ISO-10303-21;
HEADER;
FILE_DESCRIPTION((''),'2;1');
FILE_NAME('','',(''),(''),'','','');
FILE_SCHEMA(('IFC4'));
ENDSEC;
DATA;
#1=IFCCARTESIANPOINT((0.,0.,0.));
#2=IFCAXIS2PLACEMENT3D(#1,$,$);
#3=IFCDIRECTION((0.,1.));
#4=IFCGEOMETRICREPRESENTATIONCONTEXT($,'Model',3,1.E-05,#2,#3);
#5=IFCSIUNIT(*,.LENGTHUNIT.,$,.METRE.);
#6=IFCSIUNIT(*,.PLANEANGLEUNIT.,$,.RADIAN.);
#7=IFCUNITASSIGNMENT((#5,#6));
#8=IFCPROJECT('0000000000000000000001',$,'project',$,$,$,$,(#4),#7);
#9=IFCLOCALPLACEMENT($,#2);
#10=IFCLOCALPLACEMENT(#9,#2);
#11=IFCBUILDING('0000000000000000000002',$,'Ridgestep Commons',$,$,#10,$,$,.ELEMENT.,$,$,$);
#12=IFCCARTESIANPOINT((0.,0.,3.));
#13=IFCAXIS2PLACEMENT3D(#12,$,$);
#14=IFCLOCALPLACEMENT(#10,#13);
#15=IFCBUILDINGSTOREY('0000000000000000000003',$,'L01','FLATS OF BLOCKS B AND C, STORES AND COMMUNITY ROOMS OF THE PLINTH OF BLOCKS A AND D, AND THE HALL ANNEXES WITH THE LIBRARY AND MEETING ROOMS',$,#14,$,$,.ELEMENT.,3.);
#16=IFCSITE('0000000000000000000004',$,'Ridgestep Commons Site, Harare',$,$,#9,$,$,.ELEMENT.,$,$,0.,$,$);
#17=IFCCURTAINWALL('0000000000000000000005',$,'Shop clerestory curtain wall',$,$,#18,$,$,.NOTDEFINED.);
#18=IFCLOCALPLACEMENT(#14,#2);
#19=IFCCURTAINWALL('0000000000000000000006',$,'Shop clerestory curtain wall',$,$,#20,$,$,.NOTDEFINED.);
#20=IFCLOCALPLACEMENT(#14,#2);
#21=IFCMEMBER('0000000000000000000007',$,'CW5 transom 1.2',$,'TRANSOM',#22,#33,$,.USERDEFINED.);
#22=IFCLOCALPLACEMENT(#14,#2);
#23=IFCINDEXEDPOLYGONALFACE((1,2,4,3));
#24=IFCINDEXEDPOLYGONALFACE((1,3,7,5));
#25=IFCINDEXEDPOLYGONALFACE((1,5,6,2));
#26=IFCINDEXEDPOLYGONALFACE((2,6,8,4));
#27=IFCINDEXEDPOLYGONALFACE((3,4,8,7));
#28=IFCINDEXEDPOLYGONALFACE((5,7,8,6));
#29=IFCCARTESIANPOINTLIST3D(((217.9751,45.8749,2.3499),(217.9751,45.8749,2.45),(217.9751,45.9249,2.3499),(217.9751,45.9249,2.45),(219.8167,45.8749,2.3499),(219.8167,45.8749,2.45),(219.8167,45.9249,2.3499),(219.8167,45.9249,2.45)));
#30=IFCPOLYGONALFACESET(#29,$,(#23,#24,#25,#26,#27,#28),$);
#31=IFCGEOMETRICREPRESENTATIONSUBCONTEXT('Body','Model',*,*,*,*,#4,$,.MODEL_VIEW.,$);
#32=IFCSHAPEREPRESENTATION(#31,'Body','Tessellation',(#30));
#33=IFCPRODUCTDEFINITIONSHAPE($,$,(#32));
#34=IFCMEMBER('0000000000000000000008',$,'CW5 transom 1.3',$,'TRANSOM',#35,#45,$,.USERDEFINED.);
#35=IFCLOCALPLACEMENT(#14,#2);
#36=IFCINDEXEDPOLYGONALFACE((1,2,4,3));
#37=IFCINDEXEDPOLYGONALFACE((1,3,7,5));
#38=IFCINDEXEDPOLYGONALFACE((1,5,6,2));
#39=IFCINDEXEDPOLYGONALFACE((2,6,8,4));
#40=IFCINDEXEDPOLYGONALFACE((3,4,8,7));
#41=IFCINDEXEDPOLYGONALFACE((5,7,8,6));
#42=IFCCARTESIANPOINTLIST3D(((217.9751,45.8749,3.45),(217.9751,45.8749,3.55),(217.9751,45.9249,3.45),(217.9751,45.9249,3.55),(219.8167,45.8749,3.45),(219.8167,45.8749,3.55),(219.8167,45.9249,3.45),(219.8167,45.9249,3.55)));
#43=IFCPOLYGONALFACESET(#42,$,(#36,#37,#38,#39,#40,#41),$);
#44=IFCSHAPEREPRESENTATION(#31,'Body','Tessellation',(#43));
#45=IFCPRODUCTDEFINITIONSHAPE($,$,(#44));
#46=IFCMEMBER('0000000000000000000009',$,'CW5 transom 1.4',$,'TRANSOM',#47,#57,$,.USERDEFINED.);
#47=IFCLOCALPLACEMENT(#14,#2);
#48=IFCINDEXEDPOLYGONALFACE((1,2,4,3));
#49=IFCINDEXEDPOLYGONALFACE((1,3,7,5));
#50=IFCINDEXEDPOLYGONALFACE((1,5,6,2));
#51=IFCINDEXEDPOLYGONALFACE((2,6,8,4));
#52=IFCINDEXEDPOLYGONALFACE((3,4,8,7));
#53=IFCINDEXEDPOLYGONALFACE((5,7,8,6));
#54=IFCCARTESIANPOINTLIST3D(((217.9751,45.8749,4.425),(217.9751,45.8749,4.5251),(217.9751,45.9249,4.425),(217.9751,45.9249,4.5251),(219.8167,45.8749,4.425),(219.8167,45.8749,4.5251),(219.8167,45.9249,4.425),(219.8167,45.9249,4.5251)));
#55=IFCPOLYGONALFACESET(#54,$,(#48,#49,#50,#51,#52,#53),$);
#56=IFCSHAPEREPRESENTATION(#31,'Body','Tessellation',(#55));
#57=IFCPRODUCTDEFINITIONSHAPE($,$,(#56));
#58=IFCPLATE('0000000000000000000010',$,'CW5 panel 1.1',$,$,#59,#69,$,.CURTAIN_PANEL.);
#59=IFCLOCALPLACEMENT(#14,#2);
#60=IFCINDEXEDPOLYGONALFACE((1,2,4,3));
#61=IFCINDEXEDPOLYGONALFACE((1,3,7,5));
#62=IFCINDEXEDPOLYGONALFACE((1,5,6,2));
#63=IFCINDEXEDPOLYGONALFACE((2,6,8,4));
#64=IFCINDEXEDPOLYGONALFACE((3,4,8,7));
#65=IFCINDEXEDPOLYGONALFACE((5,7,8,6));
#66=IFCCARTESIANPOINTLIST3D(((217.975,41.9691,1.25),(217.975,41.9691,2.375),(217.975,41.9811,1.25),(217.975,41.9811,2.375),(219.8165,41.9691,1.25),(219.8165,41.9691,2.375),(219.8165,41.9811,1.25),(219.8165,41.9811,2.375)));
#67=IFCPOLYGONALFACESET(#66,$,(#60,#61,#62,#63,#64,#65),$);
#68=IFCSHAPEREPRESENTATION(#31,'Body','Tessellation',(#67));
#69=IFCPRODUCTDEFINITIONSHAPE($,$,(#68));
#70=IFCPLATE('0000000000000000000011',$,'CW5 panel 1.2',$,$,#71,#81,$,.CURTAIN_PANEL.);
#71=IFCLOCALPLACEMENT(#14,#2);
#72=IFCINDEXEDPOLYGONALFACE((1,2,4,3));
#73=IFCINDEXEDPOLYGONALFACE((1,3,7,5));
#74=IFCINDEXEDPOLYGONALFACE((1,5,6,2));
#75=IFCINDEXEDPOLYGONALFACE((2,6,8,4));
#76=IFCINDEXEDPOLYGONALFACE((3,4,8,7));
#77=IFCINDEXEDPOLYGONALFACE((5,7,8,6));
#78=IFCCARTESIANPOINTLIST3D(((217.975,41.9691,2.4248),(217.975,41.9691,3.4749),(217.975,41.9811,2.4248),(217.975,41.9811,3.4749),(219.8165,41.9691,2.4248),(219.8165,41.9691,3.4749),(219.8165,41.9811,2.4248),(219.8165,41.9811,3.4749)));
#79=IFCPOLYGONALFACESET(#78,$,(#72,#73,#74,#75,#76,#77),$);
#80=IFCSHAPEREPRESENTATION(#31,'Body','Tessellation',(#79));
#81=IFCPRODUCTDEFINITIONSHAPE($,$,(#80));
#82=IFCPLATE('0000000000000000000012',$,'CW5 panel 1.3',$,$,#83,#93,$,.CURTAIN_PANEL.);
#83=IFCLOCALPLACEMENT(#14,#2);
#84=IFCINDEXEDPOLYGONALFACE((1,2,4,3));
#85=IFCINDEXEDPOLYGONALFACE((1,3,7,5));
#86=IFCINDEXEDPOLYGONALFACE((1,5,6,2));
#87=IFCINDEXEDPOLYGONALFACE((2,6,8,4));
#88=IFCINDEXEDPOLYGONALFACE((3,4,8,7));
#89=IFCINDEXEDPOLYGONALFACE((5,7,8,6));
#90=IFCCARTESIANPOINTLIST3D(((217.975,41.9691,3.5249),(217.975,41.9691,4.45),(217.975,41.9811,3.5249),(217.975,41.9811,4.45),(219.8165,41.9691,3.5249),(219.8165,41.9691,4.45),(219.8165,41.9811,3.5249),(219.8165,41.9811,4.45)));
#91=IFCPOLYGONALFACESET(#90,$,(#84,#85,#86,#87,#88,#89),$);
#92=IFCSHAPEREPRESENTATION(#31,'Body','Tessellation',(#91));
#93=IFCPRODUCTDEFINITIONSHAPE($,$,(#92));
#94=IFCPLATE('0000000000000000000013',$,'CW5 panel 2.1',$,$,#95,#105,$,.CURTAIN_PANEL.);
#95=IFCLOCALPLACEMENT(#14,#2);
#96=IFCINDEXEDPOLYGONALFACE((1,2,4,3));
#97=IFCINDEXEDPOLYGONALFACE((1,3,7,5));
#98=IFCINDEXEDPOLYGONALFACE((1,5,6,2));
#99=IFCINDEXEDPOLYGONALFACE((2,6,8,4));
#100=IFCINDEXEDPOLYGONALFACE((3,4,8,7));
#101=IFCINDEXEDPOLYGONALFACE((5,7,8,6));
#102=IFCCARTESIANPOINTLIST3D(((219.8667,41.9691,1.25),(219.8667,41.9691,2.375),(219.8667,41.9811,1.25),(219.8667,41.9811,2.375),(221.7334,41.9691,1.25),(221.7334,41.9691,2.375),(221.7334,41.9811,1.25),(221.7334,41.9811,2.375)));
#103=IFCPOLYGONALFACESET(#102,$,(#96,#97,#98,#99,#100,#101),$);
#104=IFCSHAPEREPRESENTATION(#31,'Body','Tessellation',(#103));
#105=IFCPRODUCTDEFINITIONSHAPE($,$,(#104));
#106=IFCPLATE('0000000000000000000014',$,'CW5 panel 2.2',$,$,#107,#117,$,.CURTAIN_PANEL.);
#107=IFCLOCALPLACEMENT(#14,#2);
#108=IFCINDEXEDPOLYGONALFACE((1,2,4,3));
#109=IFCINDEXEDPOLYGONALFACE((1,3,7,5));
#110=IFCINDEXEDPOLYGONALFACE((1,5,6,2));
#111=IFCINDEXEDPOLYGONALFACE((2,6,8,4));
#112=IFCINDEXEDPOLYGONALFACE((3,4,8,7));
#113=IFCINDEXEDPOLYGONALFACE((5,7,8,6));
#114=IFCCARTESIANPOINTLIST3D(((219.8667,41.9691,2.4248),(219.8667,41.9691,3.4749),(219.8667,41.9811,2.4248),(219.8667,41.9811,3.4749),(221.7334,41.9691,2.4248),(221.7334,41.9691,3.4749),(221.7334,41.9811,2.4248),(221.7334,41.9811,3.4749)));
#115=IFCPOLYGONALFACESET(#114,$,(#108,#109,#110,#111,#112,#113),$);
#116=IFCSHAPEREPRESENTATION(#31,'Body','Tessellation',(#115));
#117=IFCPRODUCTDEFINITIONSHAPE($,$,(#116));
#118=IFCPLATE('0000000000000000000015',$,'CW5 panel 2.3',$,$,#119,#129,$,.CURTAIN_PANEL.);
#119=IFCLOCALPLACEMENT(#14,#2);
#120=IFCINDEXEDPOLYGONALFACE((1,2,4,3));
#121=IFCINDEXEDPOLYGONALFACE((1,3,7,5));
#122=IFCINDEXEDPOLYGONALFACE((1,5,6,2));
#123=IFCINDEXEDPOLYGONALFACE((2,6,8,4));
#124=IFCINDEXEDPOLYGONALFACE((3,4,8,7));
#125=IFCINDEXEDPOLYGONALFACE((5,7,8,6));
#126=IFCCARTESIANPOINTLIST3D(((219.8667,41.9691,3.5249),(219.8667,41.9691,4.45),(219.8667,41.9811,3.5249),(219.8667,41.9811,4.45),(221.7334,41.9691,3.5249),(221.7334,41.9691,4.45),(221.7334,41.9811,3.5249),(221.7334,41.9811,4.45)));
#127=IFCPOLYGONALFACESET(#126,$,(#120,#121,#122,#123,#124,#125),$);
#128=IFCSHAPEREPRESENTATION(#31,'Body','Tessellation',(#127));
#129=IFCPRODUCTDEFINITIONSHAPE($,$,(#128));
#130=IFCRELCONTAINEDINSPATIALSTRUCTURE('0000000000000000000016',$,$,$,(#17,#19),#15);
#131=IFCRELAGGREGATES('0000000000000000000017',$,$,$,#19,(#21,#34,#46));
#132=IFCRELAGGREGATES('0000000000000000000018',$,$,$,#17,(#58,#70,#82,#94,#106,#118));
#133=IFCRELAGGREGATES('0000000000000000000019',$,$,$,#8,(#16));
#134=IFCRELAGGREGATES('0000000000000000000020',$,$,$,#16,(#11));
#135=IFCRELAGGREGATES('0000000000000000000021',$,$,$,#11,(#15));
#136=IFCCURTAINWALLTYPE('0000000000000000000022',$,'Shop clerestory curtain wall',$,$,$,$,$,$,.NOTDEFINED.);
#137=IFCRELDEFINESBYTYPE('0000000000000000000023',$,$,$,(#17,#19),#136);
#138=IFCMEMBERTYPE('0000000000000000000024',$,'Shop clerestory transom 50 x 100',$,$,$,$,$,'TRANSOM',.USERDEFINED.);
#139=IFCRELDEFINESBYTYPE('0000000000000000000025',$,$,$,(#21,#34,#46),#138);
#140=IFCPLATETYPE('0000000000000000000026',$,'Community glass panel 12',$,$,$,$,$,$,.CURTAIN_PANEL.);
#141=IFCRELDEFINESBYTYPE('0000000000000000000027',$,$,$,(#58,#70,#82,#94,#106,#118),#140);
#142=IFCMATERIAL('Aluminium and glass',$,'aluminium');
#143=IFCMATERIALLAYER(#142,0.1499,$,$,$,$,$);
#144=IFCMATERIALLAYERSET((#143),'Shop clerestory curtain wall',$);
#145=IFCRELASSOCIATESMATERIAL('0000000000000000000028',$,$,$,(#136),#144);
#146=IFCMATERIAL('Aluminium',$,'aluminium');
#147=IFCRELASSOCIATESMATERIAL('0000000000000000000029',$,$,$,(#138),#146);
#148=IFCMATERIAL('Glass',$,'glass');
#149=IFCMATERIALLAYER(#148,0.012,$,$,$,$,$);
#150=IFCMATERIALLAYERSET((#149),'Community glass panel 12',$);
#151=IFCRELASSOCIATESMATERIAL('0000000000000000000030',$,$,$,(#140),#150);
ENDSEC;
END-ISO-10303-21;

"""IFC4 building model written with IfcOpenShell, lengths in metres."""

from ifc_helpers import new_model, si_unit, direction, frame, origin, origin_2d, place, context, subcontext, project, spatial, rectangle, extrude, material, layer, layer_set, material_profile, profile_set, type_object, element, aggregate, save


model = new_model("IFC4")

# Units and contexts
model_context = context("Model", 3, precision=1e-05, world=origin(), true_north=direction((0.0, 1.0)))
body_context = subcontext(model_context, "Body", "Model", "MODEL_VIEW")
ifc_project = project(units=[si_unit("LENGTHUNIT", "METRE"), si_unit("PLANEANGLEUNIT", "RADIAN")], contexts=[model_context])

# Site, building, storey
site_placement = place(None, origin())
site = spatial("IfcSite", under=ifc_project, at=site_placement, Name="Ridgestep Commons Site, Harare", CompositionType="ELEMENT", RefElevation=0.0)
building_placement = place(site_placement, origin())
building = spatial("IfcBuilding", under=site, at=building_placement, Name="Ridgestep Commons", CompositionType="ELEMENT")
storey_placement = place(building_placement, frame((0.0, 0.0, 3.0)))
storey = spatial("IfcBuildingStorey", under=building, at=storey_placement, Name="L01", Description="FLATS OF BLOCKS B AND C, STORES AND COMMUNITY ROOMS OF THE PLINTH OF BLOCKS A AND D, AND THE HALL ANNEXES WITH THE LIBRARY AND MEETING ROOMS", CompositionType="ELEMENT", Elevation=3.0)

# Curtain walls, members
ifc_material_1 = material(Name="Aluminium and glass", Category="aluminium")
ifc_layer_1 = layer(ifc_material_1, 0.1499)
ifc_layer_set_1 = layer_set([ifc_layer_1], Name="Shop clerestory curtain wall")
curtain_wall_type = type_object("IfcCurtainWallType", Name="Shop clerestory curtain wall", PredefinedType="NOTDEFINED", material=ifc_layer_set_1)
curtain_wall_1_placement = place(storey_placement, origin())
curtain_wall_1 = element("IfcCurtainWall", 1, at=curtain_wall_1_placement, inside=storey, type_object=curtain_wall_type, Name="Shop clerestory curtain wall", PredefinedType="NOTDEFINED")
ifc_material_2 = material(Name="Aluminium", Category="aluminium")
ifc_material_profile_1 = material_profile(ifc_material_2, rectangle(XDim=0.05, YDim=0.1001, at=origin_2d()), Name="Shop clerestory transom 50 x 100")
ifc_profile_set_1 = profile_set([ifc_material_profile_1], Name="Aluminium")
member_type_1 = type_object("IfcMemberType", Name="Shop clerestory transom 50 x 100", ElementType="TRANSOM", PredefinedType="USERDEFINED", material=ifc_profile_set_1)
curtain_wall_2_placement = place(storey_placement, origin())
curtain_wall_2 = element("IfcCurtainWall", 2, at=curtain_wall_2_placement, inside=storey, type_object=curtain_wall_type, Name="Shop clerestory curtain wall", PredefinedType="NOTDEFINED")
member_1_placement = place(storey_placement, frame((217.9751, 45.8999, 2.3999), z_axis=(1.0, 0.0, 0.0), x_axis=(0.0, 1.0, 0.0)))
member_1 = element("IfcMember", 3, at=member_1_placement, type_object=member_type_1, Name="CW5 transom 1.2", ObjectType="TRANSOM", PredefinedType="USERDEFINED", context=body_context, shape_type="SweptSolid", body=[
    extrude(rectangle(XDim=0.05, YDim=0.1001, at=origin_2d()), origin(), (0.0, 0.0, 1.0), 1.8416),
])
member_2_placement = place(storey_placement, frame((217.9751, 45.8999, 3.5), z_axis=(1.0, 0.0, 0.0), x_axis=(0.0, 1.0, 0.0)))
member_2 = element("IfcMember", 4, at=member_2_placement, type_object=member_type_1, Name="CW5 transom 1.3", ObjectType="TRANSOM", PredefinedType="USERDEFINED", context=body_context, shape_type="SweptSolid", body=[
    extrude(rectangle(XDim=0.05, YDim=0.1001, at=origin_2d()), origin(), (0.0, 0.0, 1.0), 1.8416),
])
member_3_placement = place(storey_placement, frame((217.9751, 45.8999, 4.4751), z_axis=(1.0, 0.0, 0.0), x_axis=(0.0, 1.0, 0.0)))
member_3 = element("IfcMember", 5, at=member_3_placement, type_object=member_type_1, Name="CW5 transom 1.4", ObjectType="TRANSOM", PredefinedType="USERDEFINED", context=body_context, shape_type="SweptSolid", body=[
    extrude(rectangle(XDim=0.05, YDim=0.1001, at=origin_2d()), origin(), (0.0, 0.0, 1.0), 1.8416),
])
aggregate(curtain_wall_2, [member_1, member_2, member_3])

# Plates
ifc_material_3 = material(Name="Glass", Category="glass")
ifc_layer_2 = layer(ifc_material_3, 0.012)
ifc_layer_set_2 = layer_set([ifc_layer_2], Name="Community glass panel 12")
plate_type = type_object("IfcPlateType", Name="Community glass panel 12", PredefinedType="CURTAIN_PANEL", material=ifc_layer_set_2)
plate_1_placement = place(storey_placement, frame((218.8958, 41.9751, 1.25), z_axis=(0.0, 0.0, 1.0), x_axis=(1.0, 0.0, 0.0)))
plate_1 = element("IfcPlate", 6, at=plate_1_placement, type_object=plate_type, Name="CW5 panel 1.1", PredefinedType="CURTAIN_PANEL", context=body_context, shape_type="SweptSolid", body=[
    extrude(rectangle(XDim=1.8416, YDim=0.012, at=origin_2d()), origin(), (0.0, 0.0, 1.0), 1.125),
])
plate_2_placement = place(storey_placement, frame((218.8958, 41.9751, 2.4248), z_axis=(0.0, 0.0, 1.0), x_axis=(1.0, 0.0, 0.0)))
plate_2 = element("IfcPlate", 7, at=plate_2_placement, type_object=plate_type, Name="CW5 panel 1.2", PredefinedType="CURTAIN_PANEL", context=body_context, shape_type="SweptSolid", body=[
    extrude(rectangle(XDim=1.8416, YDim=0.012, at=origin_2d()), origin(), (0.0, 0.0, 1.0), 1.05),
])
plate_3_placement = place(storey_placement, frame((218.8958, 41.9751, 3.5249), z_axis=(0.0, 0.0, 1.0), x_axis=(1.0, 0.0, 0.0)))
plate_3 = element("IfcPlate", 8, at=plate_3_placement, type_object=plate_type, Name="CW5 panel 1.3", PredefinedType="CURTAIN_PANEL", context=body_context, shape_type="SweptSolid", body=[
    extrude(rectangle(XDim=1.8416, YDim=0.012, at=origin_2d()), origin(), (0.0, 0.0, 1.0), 0.925),
])
plate_4_placement = place(storey_placement, frame((220.8, 41.9751, 1.25), z_axis=(0.0, 0.0, 1.0), x_axis=(1.0, 0.0, 0.0)))
plate_4 = element("IfcPlate", 9, at=plate_4_placement, type_object=plate_type, Name="CW5 panel 2.1", PredefinedType="CURTAIN_PANEL", context=body_context, shape_type="SweptSolid", body=[
    extrude(rectangle(XDim=1.8667, YDim=0.012, at=origin_2d()), origin(), (0.0, 0.0, 1.0), 1.125),
])
plate_5_placement = place(storey_placement, frame((220.8, 41.9751, 2.4248), z_axis=(0.0, 0.0, 1.0), x_axis=(1.0, 0.0, 0.0)))
plate_5 = element("IfcPlate", 10, at=plate_5_placement, type_object=plate_type, Name="CW5 panel 2.2", PredefinedType="CURTAIN_PANEL", context=body_context, shape_type="SweptSolid", body=[
    extrude(rectangle(XDim=1.8667, YDim=0.012, at=origin_2d()), origin(), (0.0, 0.0, 1.0), 1.05),
])
plate_6_placement = place(storey_placement, frame((220.8, 41.9751, 3.5249), z_axis=(0.0, 0.0, 1.0), x_axis=(1.0, 0.0, 0.0)))
plate_6 = element("IfcPlate", 11, at=plate_6_placement, type_object=plate_type, Name="CW5 panel 2.3", PredefinedType="CURTAIN_PANEL", context=body_context, shape_type="SweptSolid", body=[
    extrude(rectangle(XDim=1.8667, YDim=0.012, at=origin_2d()), origin(), (0.0, 0.0, 1.0), 0.925),
])
aggregate(curtain_wall_1, [plate_1, plate_2, plate_3, plate_4, plate_5, plate_6])

save(model, "model.ifc")
